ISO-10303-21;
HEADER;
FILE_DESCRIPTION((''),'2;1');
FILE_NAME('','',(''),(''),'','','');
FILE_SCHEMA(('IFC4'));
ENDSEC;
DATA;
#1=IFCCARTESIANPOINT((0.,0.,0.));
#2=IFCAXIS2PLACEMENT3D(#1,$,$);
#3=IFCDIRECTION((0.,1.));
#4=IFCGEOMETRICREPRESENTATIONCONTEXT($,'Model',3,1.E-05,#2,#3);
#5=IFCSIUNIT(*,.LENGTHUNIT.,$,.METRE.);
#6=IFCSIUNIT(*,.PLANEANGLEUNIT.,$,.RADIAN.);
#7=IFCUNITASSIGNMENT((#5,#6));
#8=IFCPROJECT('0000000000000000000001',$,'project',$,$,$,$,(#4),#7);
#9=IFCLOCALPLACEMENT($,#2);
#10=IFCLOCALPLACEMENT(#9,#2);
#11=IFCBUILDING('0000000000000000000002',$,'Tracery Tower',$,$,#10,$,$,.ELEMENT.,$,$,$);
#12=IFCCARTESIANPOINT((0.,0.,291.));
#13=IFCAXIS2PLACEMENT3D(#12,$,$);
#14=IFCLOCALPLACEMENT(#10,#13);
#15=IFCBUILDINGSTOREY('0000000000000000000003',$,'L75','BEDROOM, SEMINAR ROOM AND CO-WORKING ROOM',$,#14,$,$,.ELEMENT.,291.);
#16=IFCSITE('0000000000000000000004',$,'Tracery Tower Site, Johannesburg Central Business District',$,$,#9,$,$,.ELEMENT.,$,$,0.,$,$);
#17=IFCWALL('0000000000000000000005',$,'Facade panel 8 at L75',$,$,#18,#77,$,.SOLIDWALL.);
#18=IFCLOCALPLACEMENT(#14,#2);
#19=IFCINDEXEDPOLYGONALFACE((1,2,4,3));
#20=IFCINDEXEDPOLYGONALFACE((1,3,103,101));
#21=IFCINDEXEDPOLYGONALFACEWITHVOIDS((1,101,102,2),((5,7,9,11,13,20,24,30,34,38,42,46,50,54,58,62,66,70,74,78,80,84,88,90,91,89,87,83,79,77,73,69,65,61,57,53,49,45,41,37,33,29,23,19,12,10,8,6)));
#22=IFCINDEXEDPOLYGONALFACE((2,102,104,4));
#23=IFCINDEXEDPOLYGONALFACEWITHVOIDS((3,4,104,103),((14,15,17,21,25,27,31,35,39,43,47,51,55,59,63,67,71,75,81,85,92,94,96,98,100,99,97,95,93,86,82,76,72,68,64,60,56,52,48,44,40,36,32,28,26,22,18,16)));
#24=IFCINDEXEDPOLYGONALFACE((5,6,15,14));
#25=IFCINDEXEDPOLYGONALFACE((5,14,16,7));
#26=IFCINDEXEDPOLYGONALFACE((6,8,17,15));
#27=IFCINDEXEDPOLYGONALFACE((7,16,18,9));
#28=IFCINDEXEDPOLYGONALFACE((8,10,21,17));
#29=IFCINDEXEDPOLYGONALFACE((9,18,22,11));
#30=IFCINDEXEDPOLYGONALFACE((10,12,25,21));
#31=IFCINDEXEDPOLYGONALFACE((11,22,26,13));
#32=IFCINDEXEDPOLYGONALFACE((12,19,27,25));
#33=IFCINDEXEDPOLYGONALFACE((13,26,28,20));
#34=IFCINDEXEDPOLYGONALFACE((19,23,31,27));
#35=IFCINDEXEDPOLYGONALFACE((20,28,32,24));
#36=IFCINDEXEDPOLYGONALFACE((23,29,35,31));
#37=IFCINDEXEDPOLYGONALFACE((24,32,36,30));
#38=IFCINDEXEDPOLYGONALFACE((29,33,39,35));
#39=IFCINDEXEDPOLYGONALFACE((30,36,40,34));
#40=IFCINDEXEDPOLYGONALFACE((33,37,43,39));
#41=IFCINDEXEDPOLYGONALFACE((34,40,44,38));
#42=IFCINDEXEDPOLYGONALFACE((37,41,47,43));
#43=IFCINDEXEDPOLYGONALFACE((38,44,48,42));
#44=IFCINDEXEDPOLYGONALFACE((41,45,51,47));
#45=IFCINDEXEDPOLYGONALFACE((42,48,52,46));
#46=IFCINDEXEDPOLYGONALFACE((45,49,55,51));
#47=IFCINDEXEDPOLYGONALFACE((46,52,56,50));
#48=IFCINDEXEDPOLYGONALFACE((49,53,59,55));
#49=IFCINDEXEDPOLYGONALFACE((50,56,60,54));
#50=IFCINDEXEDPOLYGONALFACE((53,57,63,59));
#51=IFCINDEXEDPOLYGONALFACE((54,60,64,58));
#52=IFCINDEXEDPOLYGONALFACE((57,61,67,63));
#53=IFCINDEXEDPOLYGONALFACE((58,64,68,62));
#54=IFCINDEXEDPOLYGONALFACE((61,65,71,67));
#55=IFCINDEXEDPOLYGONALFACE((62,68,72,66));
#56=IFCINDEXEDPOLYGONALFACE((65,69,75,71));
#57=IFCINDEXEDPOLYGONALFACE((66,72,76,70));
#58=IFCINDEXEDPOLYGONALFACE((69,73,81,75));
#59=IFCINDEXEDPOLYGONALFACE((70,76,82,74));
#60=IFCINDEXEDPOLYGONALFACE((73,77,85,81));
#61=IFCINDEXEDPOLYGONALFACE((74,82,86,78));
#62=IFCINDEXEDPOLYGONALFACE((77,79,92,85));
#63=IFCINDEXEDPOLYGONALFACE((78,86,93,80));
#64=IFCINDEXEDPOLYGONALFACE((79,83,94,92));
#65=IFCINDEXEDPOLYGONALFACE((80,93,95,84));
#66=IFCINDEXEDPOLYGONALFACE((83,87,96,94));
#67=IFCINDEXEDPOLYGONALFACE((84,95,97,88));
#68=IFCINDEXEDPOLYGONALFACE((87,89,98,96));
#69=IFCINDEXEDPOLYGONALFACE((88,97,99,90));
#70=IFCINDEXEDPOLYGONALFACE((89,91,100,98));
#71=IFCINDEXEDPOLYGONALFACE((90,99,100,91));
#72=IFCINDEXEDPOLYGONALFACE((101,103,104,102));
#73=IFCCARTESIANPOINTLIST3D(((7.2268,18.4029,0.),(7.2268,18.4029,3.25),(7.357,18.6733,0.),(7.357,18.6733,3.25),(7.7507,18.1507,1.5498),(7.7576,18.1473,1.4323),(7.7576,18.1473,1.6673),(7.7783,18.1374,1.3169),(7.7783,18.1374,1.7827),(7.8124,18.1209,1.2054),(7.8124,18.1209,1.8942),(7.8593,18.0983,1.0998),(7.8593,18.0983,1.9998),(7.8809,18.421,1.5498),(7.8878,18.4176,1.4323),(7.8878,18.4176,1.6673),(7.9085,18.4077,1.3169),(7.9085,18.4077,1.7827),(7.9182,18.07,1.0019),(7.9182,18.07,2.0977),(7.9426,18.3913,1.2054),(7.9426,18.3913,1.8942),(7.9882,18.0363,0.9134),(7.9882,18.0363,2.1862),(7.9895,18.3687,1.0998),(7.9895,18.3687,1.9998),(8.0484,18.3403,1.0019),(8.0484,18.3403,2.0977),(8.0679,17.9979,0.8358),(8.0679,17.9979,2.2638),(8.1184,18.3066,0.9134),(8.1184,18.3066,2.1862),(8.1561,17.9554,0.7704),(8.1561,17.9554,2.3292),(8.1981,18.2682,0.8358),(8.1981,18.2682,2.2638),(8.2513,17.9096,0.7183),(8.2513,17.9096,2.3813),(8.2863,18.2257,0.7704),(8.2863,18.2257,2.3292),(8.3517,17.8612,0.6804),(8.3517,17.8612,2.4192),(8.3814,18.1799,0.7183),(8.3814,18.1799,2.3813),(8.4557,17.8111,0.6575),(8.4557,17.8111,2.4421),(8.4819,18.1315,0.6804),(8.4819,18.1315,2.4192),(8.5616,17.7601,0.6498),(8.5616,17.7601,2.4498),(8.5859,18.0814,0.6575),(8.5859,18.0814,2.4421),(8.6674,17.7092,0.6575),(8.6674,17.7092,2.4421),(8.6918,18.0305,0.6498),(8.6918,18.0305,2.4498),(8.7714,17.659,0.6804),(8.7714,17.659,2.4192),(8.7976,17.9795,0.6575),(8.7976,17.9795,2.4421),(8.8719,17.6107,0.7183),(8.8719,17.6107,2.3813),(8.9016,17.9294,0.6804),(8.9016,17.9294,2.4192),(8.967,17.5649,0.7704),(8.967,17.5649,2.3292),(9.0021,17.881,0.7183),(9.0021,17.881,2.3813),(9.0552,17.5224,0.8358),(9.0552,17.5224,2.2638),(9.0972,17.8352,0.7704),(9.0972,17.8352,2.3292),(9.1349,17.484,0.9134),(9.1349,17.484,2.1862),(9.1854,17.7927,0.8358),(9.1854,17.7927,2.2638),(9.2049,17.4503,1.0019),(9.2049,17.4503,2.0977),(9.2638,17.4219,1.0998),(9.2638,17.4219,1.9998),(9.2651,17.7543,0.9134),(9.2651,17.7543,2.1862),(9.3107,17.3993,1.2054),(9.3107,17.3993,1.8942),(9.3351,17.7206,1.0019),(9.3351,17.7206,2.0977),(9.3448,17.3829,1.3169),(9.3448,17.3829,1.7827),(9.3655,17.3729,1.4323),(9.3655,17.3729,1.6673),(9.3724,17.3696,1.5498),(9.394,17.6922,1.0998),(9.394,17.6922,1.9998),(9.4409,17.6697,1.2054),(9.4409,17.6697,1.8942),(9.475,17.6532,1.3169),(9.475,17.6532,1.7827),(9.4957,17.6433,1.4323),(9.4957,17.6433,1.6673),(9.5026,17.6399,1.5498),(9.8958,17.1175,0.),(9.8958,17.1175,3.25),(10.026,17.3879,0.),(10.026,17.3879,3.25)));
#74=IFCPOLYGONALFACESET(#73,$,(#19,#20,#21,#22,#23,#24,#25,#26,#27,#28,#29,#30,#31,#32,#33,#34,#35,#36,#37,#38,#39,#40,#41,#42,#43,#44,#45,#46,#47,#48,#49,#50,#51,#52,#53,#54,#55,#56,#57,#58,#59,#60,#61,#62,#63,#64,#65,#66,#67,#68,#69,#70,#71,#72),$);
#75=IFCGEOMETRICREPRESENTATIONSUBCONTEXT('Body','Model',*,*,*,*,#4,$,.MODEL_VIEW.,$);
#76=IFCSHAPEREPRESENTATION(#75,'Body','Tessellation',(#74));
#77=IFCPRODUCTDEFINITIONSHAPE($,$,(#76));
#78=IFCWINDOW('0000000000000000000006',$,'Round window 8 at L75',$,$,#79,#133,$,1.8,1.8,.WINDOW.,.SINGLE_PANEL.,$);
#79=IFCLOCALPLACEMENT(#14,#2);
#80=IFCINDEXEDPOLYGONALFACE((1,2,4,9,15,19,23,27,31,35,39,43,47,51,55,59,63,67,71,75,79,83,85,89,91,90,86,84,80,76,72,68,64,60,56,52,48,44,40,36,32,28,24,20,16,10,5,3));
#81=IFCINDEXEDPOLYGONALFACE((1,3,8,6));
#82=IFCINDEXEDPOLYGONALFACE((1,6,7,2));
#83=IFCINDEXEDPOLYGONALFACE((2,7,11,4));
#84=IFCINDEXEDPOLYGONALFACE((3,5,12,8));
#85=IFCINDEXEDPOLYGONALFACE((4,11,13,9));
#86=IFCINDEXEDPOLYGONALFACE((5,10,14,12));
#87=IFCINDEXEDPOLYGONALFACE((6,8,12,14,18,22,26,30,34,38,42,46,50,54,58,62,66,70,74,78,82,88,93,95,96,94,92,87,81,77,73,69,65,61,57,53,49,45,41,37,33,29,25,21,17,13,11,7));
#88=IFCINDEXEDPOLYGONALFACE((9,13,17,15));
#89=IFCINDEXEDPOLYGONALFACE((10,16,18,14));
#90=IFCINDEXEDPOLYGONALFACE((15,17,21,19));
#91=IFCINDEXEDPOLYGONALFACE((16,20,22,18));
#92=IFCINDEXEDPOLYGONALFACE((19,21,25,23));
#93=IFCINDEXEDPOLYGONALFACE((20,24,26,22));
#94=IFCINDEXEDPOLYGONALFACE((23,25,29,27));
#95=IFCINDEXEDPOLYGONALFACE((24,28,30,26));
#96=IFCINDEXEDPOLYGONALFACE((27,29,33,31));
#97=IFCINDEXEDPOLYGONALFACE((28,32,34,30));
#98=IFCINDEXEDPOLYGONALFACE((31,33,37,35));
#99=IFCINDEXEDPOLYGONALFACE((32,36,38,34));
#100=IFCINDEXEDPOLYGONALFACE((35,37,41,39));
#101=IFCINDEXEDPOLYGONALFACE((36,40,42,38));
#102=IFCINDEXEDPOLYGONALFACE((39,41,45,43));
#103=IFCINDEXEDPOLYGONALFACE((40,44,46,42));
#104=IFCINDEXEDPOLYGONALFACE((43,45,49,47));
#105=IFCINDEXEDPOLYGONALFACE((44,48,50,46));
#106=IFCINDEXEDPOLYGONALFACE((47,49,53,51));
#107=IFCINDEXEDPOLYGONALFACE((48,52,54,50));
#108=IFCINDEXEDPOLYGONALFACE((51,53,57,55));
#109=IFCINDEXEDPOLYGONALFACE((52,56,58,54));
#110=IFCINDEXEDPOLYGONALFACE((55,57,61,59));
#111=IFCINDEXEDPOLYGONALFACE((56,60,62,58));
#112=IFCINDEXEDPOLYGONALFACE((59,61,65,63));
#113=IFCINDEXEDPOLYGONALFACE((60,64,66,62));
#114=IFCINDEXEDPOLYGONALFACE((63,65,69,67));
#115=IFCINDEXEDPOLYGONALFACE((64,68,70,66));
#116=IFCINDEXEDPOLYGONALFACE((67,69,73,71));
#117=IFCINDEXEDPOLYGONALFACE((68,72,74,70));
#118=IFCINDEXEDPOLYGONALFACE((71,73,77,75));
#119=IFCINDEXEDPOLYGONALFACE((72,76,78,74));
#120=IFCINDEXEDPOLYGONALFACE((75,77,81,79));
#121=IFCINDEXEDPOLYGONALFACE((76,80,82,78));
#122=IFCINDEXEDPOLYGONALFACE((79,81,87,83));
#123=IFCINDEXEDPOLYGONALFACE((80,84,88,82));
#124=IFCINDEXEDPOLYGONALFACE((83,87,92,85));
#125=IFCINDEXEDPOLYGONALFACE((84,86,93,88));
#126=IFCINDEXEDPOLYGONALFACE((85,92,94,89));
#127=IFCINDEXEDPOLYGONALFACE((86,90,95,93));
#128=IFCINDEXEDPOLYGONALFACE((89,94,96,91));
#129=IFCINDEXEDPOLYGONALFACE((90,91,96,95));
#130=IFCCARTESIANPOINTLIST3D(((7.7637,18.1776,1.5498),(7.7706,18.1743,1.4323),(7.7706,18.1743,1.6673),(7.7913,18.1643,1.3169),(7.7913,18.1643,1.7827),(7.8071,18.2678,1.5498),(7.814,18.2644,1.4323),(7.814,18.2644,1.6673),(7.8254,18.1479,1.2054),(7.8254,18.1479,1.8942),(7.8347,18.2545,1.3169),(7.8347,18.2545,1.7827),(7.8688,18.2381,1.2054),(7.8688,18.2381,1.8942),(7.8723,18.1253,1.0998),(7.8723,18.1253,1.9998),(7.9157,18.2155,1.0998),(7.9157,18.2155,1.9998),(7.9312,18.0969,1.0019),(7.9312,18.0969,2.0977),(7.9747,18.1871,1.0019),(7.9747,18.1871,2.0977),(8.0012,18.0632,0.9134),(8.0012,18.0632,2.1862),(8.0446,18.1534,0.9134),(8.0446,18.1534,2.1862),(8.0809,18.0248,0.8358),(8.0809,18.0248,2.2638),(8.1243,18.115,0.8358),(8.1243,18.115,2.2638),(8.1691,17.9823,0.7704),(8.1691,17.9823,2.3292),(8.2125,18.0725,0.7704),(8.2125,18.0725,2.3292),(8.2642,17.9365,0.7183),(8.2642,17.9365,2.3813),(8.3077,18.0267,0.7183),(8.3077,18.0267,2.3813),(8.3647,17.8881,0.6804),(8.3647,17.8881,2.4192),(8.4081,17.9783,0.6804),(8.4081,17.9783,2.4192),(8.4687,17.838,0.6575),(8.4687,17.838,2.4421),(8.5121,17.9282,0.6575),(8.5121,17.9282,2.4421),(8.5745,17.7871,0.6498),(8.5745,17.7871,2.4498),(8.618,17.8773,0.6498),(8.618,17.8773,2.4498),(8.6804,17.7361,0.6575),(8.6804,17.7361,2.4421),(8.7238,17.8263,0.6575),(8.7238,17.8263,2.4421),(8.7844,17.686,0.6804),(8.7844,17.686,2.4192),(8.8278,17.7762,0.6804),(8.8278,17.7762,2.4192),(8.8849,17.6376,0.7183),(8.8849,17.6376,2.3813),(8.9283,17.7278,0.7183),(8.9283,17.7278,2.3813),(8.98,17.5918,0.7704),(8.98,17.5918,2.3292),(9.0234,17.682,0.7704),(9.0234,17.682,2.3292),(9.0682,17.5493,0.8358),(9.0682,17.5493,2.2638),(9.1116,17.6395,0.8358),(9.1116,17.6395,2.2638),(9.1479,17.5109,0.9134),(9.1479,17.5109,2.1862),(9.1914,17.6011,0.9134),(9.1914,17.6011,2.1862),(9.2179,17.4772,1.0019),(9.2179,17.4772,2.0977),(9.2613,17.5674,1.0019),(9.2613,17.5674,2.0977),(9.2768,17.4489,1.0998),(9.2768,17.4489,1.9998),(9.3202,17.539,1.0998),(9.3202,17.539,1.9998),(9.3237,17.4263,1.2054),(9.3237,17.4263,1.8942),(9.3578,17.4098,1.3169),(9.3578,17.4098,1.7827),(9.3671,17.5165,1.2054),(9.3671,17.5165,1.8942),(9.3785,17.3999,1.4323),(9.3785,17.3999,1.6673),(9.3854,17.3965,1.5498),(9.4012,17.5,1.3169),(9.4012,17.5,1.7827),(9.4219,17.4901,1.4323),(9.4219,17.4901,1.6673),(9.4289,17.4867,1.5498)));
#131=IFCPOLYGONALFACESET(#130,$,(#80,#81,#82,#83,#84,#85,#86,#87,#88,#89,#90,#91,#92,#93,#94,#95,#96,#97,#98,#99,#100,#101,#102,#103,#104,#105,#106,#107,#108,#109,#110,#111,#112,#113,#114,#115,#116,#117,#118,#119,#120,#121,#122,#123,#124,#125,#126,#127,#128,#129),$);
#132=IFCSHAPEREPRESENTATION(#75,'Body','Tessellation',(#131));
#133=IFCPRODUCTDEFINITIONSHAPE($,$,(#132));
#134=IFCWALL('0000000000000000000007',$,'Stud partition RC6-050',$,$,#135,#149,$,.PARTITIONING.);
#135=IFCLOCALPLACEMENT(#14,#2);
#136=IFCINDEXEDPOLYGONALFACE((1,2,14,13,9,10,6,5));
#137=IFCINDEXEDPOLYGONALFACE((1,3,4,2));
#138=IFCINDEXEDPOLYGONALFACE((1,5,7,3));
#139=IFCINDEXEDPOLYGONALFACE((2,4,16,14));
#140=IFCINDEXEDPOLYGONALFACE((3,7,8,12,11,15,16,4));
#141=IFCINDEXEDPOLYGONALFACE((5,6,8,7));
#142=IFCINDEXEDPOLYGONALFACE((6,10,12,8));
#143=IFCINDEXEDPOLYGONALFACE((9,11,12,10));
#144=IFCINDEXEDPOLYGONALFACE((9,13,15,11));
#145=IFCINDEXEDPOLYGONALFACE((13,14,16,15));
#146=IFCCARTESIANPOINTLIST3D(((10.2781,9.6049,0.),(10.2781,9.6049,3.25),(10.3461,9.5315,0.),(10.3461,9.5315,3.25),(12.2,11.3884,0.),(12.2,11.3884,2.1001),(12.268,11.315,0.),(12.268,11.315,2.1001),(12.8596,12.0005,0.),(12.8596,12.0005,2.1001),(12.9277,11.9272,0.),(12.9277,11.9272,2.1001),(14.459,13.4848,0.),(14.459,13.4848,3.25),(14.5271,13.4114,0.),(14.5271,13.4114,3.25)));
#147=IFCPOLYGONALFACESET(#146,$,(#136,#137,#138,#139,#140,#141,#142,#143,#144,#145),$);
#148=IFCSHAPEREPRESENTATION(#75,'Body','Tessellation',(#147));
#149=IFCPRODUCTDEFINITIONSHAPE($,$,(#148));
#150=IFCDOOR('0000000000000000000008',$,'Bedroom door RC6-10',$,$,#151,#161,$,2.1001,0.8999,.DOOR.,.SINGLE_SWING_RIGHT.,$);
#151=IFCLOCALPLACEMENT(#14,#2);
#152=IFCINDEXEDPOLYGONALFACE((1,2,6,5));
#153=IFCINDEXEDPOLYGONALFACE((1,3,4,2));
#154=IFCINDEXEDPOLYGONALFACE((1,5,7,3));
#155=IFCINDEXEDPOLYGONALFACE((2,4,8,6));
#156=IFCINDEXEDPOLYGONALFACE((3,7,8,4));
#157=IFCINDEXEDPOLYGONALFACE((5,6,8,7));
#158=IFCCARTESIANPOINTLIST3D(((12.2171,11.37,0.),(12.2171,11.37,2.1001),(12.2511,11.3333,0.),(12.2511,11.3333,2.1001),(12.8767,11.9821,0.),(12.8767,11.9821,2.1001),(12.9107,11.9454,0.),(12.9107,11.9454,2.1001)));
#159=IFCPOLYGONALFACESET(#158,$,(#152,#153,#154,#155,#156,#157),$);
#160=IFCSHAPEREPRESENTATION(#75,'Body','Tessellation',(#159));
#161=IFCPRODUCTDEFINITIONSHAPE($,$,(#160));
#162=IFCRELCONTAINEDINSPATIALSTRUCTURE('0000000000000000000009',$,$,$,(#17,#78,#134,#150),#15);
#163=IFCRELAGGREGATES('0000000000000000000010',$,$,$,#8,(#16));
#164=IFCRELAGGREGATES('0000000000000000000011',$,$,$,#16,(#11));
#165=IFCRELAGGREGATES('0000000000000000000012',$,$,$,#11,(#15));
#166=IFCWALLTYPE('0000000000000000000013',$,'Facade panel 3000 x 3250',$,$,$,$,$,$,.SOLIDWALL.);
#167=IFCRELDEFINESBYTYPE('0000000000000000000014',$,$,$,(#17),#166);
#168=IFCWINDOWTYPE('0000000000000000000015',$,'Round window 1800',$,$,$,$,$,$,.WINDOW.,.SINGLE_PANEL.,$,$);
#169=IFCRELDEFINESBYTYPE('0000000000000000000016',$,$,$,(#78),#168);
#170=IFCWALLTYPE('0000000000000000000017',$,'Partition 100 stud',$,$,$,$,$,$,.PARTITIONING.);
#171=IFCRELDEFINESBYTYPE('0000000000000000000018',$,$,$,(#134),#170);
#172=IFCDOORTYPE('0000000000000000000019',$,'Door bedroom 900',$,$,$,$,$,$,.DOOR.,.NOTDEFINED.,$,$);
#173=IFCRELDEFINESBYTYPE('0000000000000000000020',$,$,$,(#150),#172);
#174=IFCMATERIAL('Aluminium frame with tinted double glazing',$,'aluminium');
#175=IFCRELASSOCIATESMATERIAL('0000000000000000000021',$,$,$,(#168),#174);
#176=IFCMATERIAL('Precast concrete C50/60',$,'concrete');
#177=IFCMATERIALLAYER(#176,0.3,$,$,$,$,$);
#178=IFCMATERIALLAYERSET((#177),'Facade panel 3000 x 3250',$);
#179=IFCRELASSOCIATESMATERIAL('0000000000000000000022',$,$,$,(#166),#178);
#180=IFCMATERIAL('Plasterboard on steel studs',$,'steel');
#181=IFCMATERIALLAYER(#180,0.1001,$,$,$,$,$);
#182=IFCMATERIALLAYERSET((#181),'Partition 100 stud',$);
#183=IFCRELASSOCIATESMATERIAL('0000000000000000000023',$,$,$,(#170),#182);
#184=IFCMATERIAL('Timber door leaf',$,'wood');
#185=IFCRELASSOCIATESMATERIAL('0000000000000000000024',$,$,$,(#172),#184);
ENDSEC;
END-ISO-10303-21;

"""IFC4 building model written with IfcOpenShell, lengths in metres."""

from ifc_helpers import new_model, si_unit, direction, frame, frame_2d, origin, origin_2d, place, context, subcontext, project, spatial, rectangle, circle, extrude, material, layer, layer_set, type_object, element, fill, save


model = new_model("IFC4")

# Units and contexts
model_context = context("Model", 3, precision=1e-05, world=origin(), true_north=direction((0.0, 1.0)))
body_context = subcontext(model_context, "Body", "Model", "MODEL_VIEW")
ifc_project = project(units=[si_unit("LENGTHUNIT", "METRE"), si_unit("PLANEANGLEUNIT", "RADIAN")], contexts=[model_context])

# Site, building, storey
site_placement = place(None, origin())
site = spatial("IfcSite", under=ifc_project, at=site_placement, Name="Tracery Tower Site, Johannesburg Central Business District", CompositionType="ELEMENT", RefElevation=0.0)
building_placement = place(site_placement, origin())
building = spatial("IfcBuilding", under=site, at=building_placement, Name="Tracery Tower", CompositionType="ELEMENT")
storey_placement = place(building_placement, frame((0.0, 0.0, 291.0)))
storey = spatial("IfcBuildingStorey", under=building, at=storey_placement, Name="L75", Description="BEDROOM, SEMINAR ROOM AND CO-WORKING ROOM", CompositionType="ELEMENT", Elevation=291.0)

# Wall, opening, window
ifc_material_1 = material(Name="Aluminium frame with tinted double glazing", Category="aluminium")
window_type = type_object("IfcWindowType", Name="Round window 1800", PartitioningType="SINGLE_PANEL", PredefinedType="WINDOW", material=ifc_material_1)
ifc_material_2 = material(Name="Precast concrete C50/60", Category="concrete")
ifc_layer_1 = layer(ifc_material_2, 0.3)
ifc_layer_set_1 = layer_set([ifc_layer_1], Name="Facade panel 3000 x 3250")
wall_type_1 = type_object("IfcWallType", Name="Facade panel 3000 x 3250", PredefinedType="SOLIDWALL", material=ifc_layer_set_1)
wall_1_placement = place(storey_placement, frame((9.9609, 17.2527, 0.0), z_axis=(0.0, 0.0, 1.0), x_axis=(-0.900955, 0.433912, 0.0)))
wall_1 = element("IfcWall", 1, at=wall_1_placement, inside=storey, type_object=wall_type_1, Name="Facade panel 8 at L75", PredefinedType="SOLIDWALL", context=body_context, shape_type="SweptSolid", body=[
    extrude(rectangle(XDim=2.9624, YDim=0.3, at=frame_2d((1.4812, 0.0))), origin(), (0.0, 0.0, 1.0), 3.25),
])
opening_1_placement = place(wall_1_placement, frame((1.481, 0.0, 1.5498)))
opening_1 = element("IfcOpeningElement", 2, at=opening_1_placement, cuts=wall_1, PredefinedType="OPENING", context=body_context, shape_type="SweptSolid", body=[
    extrude(circle(Radius=0.9, at=origin_2d()), frame((0.0, 0.1599, 0.0), z_axis=(0.0, -1.0, 0.0), x_axis=(1.0, 0.0, 0.0)), (0.0, 0.0, 1.0), 0.3201),
])
window_1_placement = place(opening_1_placement, origin())
window_1 = element("IfcWindow", 3, at=window_1_placement, inside=storey, type_object=window_type, Name="Round window 8 at L75", OverallHeight=1.8, OverallWidth=1.8, PartitioningType="SINGLE_PANEL", PredefinedType="WINDOW", context=body_context, shape_type="SweptSolid", body=[
    extrude(circle(Radius=0.9, at=origin_2d()), frame((0.0, 0.1201, 0.0), z_axis=(0.0, -1.0, 0.0), x_axis=(1.0, 0.0, 0.0)), (0.0, 0.0, 1.0), 0.1001),
])
fill(opening_1, window_1)

# Wall, opening, door
ifc_material_3 = material(Name="Plasterboard on steel studs", Category="steel")
ifc_layer_2 = layer(ifc_material_3, 0.1001)
ifc_layer_set_2 = layer_set([ifc_layer_2], Name="Partition 100 stud")
wall_type_2 = type_object("IfcWallType", Name="Partition 100 stud", PredefinedType="PARTITIONING", material=ifc_layer_set_2)
wall_2_placement = place(storey_placement, frame((10.312, 9.5681, 0.0), z_axis=(0.0, 0.0, 1.0), x_axis=(0.733002, 0.680226, 0.0)))
wall_2 = element("IfcWall", 4, at=wall_2_placement, inside=storey, type_object=wall_type_2, Name="Stud partition RC6-050", PredefinedType="PARTITIONING", context=body_context, shape_type="SweptSolid", body=[
    extrude(rectangle(XDim=5.7039, YDim=0.1001, at=frame_2d((2.8521, 0.0))), origin(), (0.0, 0.0, 1.0), 3.25),
])
opening_2_placement = place(wall_2_placement, frame((2.6221, 0.0, 0.0)))
opening_2 = element("IfcOpeningElement", 5, at=opening_2_placement, cuts=wall_2, PredefinedType="OPENING", context=body_context, shape_type="SweptSolid", body=[
    extrude(rectangle(XDim=0.8999, YDim=2.1001, at=frame_2d((0.45, 1.05))), frame((0.0, 0.05, 0.0), z_axis=(0.0, -1.0, 0.0), x_axis=(1.0, 0.0, 0.0)), (0.0, 0.0, 1.0), 0.1001),
])
ifc_material_4 = material(Name="Timber door leaf", Category="wood")
door_type_1 = type_object("IfcDoorType", Name="Door bedroom 900", OperationType="NOTDEFINED", PredefinedType="DOOR", material=ifc_material_4)
door_1_placement = place(opening_2_placement, origin())
door_1 = element("IfcDoor", 6, at=door_1_placement, inside=storey, type_object=door_type_1, Name="Bedroom door RC6-10", OperationType="SINGLE_SWING_RIGHT", OverallHeight=2.1001, OverallWidth=0.8999, PredefinedType="DOOR", context=body_context, shape_type="SweptSolid", body=[
    extrude(rectangle(XDim=0.8999, YDim=2.1001, at=frame_2d((0.45, 1.05))), frame((0.0, 0.0249, 0.0), z_axis=(0.0, -1.0, 0.0), x_axis=(1.0, 0.0, 0.0)), (0.0, 0.0, 1.0), 0.05),
])
fill(opening_2, door_1)

save(model, "model.ifc")
